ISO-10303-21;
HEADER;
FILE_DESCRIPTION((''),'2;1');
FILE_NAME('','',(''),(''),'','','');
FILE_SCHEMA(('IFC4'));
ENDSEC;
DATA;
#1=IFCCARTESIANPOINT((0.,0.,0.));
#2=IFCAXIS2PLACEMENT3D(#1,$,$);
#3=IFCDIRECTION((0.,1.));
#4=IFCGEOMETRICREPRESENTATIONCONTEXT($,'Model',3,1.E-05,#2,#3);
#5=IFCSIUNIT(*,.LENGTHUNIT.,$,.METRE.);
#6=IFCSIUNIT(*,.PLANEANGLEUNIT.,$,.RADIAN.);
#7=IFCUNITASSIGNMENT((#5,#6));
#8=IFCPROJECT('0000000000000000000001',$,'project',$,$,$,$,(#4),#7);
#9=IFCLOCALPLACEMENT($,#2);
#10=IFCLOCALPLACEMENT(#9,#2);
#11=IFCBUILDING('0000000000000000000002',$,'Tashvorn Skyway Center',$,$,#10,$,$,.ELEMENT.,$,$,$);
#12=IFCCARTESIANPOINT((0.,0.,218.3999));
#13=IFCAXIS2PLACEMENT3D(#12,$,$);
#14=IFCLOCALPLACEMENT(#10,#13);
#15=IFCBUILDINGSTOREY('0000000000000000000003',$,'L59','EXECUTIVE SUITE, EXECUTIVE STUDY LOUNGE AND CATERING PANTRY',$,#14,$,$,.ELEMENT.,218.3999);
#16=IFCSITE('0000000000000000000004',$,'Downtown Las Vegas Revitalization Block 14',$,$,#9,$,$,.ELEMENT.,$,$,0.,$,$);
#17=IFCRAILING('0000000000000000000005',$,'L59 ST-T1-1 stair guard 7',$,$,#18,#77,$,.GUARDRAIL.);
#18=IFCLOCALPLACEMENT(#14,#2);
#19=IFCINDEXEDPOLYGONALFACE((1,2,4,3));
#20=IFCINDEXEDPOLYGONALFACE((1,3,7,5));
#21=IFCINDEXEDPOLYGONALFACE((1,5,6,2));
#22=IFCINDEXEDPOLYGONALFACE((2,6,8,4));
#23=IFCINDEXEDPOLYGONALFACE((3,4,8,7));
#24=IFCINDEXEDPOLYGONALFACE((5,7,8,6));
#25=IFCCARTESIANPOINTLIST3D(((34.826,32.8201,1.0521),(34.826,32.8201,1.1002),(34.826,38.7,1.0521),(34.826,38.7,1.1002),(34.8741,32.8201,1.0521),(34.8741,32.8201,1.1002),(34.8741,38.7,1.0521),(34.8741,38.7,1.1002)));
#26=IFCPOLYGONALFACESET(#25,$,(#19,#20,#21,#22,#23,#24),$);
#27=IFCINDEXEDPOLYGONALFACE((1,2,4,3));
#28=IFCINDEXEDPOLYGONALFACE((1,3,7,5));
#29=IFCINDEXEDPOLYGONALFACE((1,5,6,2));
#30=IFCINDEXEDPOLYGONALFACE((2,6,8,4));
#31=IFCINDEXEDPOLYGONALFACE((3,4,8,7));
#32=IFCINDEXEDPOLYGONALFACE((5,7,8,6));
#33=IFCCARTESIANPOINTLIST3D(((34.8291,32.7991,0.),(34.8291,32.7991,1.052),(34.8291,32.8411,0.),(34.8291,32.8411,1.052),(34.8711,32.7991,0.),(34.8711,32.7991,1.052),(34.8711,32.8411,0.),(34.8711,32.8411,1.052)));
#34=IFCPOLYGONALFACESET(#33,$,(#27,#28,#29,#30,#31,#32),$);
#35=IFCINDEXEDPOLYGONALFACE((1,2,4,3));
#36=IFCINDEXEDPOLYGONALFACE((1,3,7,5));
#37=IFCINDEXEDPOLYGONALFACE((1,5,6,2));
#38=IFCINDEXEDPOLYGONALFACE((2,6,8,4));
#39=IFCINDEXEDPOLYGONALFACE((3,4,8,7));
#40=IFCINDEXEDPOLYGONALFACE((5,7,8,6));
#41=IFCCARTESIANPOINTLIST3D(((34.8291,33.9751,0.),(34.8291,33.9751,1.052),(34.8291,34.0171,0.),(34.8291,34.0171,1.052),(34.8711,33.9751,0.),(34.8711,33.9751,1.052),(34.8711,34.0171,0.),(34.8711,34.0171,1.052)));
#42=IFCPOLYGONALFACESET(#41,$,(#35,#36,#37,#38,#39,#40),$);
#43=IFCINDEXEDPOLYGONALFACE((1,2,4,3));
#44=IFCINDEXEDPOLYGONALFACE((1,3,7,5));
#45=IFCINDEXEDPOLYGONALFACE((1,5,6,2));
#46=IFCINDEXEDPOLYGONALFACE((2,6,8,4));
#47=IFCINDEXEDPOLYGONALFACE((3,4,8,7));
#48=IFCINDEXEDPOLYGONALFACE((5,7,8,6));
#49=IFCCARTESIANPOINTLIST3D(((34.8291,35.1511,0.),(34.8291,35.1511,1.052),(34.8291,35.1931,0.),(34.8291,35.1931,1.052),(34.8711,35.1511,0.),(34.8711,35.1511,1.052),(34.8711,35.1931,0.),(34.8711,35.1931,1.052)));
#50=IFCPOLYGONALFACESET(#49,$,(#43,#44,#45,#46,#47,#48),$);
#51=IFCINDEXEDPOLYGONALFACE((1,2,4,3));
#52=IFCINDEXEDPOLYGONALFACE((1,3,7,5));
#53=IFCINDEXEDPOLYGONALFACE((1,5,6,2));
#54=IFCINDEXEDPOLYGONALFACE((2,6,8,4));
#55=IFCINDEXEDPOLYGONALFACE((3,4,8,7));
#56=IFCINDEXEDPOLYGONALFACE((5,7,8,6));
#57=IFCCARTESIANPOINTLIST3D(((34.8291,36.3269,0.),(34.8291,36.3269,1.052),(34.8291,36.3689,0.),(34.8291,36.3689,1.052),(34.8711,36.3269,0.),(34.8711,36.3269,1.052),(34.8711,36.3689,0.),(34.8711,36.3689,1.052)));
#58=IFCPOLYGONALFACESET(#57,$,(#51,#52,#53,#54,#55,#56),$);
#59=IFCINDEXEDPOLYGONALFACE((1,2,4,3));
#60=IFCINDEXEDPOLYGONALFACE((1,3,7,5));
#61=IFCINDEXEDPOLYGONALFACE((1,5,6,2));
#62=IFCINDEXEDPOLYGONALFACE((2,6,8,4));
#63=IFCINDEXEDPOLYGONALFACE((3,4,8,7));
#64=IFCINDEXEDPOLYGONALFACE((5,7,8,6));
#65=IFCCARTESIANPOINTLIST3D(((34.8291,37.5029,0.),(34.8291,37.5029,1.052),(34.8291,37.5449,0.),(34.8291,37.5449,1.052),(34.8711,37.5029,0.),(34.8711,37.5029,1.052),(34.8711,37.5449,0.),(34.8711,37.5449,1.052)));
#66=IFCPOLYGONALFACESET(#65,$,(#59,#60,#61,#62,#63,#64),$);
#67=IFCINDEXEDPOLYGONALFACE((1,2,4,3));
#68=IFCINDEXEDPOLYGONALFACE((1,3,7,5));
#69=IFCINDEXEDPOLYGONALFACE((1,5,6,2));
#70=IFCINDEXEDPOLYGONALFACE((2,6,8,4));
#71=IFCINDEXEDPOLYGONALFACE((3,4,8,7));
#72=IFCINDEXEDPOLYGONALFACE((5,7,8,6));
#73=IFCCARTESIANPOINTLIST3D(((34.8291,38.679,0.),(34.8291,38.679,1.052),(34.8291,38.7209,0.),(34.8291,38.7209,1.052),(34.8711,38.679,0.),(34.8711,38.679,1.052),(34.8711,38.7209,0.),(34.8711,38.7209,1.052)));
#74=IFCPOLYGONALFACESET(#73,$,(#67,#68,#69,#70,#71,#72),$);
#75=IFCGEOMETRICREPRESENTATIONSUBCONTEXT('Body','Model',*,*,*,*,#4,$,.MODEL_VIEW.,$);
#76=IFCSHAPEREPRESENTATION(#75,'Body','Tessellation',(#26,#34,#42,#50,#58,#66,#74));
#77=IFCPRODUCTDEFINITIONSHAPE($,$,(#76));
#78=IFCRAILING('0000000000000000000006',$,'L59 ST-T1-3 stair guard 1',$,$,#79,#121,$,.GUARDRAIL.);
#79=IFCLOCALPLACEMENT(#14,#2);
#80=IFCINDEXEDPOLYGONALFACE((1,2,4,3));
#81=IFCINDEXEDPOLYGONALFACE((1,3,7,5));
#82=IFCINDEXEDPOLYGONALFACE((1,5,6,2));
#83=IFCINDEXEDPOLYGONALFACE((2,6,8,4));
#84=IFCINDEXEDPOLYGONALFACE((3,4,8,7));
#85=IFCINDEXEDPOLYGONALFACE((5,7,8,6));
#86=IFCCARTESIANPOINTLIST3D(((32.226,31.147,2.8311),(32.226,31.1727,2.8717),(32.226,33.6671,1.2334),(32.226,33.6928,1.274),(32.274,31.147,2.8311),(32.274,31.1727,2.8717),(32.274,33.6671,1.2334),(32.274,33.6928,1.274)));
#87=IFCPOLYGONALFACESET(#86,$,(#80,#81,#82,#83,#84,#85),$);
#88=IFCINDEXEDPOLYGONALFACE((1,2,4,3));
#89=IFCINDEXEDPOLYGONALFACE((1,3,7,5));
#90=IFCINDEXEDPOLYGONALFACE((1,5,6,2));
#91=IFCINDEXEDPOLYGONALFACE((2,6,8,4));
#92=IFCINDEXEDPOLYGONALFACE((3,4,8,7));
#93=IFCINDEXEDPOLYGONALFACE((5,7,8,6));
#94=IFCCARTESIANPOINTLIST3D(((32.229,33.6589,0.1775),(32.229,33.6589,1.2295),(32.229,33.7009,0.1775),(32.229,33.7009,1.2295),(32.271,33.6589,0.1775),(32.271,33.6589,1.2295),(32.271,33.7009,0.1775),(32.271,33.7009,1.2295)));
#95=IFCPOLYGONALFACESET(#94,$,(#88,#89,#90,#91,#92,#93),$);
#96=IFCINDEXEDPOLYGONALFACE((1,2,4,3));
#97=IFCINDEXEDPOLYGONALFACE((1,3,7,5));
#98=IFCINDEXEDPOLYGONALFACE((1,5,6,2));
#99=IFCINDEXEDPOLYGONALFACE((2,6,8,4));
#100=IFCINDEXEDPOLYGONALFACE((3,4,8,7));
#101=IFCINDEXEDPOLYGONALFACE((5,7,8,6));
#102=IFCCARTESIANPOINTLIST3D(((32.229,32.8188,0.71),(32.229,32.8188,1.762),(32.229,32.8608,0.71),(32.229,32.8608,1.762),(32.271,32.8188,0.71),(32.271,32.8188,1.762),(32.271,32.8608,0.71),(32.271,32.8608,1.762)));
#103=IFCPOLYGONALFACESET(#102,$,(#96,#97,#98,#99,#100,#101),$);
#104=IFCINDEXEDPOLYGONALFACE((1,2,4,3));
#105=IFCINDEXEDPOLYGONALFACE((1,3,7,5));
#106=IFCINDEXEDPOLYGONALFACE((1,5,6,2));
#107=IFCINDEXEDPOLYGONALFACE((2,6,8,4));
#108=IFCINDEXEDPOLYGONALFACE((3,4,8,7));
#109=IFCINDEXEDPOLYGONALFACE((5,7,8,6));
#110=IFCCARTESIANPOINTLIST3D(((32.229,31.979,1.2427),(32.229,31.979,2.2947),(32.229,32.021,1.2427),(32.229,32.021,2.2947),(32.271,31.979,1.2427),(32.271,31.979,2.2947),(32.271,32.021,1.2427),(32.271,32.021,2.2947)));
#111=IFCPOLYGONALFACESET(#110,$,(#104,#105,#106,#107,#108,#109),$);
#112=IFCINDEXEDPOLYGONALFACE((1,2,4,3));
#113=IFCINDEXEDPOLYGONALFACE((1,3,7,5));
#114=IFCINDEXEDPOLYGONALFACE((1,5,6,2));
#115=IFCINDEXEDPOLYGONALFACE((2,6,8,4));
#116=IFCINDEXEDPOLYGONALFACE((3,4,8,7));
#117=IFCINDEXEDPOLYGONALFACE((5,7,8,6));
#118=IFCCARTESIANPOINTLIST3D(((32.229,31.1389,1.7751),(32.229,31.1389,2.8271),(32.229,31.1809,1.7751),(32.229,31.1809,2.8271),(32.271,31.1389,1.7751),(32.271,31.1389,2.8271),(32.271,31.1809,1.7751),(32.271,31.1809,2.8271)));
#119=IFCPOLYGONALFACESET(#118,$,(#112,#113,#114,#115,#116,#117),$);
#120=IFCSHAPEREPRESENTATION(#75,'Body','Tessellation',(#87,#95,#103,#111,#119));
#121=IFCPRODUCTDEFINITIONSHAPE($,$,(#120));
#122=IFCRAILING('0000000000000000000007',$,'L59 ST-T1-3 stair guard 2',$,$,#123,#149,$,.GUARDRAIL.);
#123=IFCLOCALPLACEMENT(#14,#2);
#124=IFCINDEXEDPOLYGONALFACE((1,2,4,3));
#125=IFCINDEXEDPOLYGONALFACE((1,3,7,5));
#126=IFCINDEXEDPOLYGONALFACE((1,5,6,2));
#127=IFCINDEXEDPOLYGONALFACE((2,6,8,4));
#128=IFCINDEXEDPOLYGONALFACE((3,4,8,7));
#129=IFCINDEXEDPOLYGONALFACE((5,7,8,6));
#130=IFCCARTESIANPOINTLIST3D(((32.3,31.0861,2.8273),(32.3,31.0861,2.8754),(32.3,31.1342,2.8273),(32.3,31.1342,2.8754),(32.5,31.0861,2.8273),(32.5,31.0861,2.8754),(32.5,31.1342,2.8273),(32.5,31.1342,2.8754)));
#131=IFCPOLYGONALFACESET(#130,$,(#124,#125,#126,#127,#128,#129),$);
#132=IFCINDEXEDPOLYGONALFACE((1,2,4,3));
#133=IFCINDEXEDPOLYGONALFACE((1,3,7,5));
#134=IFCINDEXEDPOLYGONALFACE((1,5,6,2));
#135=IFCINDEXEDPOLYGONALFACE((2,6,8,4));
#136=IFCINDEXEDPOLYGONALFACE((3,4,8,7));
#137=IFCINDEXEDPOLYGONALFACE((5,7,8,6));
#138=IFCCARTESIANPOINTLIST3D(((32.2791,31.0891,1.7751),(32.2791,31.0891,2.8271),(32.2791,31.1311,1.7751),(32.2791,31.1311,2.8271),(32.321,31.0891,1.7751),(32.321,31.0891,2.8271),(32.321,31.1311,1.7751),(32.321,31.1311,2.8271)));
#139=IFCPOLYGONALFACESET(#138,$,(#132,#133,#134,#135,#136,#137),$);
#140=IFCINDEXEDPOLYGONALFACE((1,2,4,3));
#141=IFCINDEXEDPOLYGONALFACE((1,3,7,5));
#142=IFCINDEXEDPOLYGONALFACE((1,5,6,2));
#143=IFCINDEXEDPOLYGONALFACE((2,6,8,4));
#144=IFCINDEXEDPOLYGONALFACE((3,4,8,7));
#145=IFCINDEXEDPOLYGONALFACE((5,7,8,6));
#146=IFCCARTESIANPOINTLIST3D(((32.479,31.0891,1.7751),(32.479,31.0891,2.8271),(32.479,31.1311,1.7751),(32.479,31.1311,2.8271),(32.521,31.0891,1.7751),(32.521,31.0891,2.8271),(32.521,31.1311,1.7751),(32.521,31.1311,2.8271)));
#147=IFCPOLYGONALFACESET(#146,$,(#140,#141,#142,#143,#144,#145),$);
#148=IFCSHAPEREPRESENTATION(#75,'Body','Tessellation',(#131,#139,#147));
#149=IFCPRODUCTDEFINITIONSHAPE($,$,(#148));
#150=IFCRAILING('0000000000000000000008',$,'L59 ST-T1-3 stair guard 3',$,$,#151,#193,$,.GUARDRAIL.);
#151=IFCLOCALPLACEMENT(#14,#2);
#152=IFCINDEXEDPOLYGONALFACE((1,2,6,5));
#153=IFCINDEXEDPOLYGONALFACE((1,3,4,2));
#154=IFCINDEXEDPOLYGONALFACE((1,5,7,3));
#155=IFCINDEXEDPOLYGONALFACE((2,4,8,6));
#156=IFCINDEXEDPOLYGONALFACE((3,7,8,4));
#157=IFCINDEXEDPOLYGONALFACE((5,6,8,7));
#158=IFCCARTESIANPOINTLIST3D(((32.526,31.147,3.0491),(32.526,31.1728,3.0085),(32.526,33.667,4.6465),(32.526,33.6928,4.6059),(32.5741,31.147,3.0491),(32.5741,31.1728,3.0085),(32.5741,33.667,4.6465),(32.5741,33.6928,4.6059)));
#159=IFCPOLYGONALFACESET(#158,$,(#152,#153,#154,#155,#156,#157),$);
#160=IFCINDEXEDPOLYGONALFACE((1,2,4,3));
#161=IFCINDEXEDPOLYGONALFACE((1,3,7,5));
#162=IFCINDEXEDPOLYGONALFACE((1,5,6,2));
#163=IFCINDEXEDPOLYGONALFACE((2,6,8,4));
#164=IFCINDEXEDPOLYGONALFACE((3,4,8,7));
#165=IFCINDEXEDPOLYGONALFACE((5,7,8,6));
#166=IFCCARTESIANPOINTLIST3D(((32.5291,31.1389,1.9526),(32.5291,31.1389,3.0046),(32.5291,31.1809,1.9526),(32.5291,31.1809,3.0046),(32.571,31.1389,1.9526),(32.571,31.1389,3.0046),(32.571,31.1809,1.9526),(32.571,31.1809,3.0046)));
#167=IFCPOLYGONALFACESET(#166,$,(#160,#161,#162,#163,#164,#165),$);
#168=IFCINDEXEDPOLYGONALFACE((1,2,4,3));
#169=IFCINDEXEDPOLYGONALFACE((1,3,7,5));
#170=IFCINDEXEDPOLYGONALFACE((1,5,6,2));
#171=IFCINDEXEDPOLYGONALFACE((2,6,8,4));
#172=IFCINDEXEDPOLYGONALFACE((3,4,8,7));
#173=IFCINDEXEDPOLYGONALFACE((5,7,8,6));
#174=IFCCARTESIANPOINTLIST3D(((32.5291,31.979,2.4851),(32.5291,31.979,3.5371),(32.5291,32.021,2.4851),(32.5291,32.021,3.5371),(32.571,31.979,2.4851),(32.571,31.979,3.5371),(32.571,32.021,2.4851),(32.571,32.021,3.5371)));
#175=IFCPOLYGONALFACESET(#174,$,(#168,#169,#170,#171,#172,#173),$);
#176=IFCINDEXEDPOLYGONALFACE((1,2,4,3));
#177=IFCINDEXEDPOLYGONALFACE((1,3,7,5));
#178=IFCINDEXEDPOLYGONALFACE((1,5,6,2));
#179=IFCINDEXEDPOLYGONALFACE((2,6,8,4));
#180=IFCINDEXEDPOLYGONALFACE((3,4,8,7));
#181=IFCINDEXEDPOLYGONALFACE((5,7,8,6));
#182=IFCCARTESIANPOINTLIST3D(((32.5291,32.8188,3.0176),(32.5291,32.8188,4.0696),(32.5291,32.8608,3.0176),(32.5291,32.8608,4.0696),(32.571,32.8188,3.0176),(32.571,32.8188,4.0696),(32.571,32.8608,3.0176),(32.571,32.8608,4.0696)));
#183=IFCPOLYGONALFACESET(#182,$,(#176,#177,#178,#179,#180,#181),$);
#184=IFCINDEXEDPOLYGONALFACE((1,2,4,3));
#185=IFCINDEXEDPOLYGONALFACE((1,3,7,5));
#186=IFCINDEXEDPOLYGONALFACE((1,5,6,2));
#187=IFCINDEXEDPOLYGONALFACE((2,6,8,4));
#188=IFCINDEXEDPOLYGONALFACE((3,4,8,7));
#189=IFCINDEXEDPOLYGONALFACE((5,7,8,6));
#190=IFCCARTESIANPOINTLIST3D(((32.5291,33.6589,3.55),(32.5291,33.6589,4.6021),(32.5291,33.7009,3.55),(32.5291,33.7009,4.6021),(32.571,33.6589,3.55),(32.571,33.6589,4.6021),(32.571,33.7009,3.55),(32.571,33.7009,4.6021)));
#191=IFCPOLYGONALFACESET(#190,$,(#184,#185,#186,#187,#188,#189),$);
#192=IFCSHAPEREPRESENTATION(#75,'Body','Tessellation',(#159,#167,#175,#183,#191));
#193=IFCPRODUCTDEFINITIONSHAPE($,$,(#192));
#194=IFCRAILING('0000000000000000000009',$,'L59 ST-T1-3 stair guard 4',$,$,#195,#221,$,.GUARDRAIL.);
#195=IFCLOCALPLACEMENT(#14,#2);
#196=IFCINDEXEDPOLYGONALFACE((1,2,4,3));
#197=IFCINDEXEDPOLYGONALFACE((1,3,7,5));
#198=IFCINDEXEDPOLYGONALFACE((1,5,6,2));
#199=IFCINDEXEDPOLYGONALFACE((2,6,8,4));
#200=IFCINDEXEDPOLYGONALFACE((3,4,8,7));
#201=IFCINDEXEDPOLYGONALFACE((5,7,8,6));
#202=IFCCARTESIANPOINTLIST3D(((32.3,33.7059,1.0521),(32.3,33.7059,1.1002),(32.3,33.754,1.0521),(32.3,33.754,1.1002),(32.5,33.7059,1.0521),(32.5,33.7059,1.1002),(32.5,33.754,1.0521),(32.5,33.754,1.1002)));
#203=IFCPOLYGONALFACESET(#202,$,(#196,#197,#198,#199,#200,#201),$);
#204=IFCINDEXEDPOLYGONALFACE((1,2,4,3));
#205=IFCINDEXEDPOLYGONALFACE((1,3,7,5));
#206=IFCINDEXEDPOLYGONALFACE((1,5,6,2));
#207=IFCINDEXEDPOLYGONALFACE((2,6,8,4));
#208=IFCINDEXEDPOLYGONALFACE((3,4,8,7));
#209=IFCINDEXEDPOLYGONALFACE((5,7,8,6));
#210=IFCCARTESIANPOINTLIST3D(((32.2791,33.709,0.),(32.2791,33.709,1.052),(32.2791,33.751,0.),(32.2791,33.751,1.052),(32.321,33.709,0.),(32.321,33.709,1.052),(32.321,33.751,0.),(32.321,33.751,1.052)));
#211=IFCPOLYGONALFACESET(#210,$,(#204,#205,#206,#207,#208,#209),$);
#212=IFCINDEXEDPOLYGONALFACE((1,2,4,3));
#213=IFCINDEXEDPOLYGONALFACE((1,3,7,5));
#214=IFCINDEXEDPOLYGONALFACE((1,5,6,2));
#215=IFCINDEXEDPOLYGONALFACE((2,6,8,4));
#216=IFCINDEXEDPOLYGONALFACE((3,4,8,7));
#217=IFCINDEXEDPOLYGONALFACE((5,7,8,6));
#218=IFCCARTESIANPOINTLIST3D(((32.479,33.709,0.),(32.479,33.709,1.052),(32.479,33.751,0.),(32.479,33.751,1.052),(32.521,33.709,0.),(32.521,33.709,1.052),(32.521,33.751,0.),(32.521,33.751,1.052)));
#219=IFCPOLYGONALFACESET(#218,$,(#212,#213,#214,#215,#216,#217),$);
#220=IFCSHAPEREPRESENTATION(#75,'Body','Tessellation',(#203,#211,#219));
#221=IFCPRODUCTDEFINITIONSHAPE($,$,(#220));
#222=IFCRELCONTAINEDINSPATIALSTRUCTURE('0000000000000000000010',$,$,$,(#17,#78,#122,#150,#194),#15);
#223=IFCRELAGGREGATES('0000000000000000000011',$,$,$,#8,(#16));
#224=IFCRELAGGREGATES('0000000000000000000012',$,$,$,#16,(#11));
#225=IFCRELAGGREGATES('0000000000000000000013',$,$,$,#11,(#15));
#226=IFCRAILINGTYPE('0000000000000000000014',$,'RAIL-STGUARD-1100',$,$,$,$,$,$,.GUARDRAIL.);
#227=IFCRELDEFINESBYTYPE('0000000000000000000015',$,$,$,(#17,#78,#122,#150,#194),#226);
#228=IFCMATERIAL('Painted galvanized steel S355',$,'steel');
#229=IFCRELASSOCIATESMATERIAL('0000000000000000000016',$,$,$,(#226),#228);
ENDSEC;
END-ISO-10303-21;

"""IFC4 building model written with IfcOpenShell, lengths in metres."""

from ifc_helpers import new_model, si_unit, direction, frame, origin, origin_2d, place, context, subcontext, project, spatial, rectangle, extrude, material, type_object, element, save


model = new_model("IFC4")

# Units and contexts
model_context = context("Model", 3, precision=1e-05, world=origin(), true_north=direction((0.0, 1.0)))
body_context = subcontext(model_context, "Body", "Model", "MODEL_VIEW")
ifc_project = project(units=[si_unit("LENGTHUNIT", "METRE"), si_unit("PLANEANGLEUNIT", "RADIAN")], contexts=[model_context])

# Site, building, storey
site_placement = place(None, origin())
site = spatial("IfcSite", under=ifc_project, at=site_placement, Name="Downtown Las Vegas Revitalization Block 14", CompositionType="ELEMENT", RefElevation=0.0)
building_placement = place(site_placement, origin())
building = spatial("IfcBuilding", under=site, at=building_placement, Name="Tashvorn Skyway Center", CompositionType="ELEMENT")
storey_placement = place(building_placement, frame((0.0, 0.0, 218.3999)))
storey = spatial("IfcBuildingStorey", under=building, at=storey_placement, Name="L59", Description="EXECUTIVE SUITE, EXECUTIVE STUDY LOUNGE AND CATERING PANTRY", CompositionType="ELEMENT", Elevation=218.3999)

# Railings
ifc_material_1 = material(Name="Painted galvanized steel S355", Category="steel")
railing_type_1 = type_object("IfcRailingType", Name="RAIL-STGUARD-1100", PredefinedType="GUARDRAIL", material=ifc_material_1)
railing_1_placement = place(storey_placement, frame((34.8501, 32.8201, 0.0)))
element("IfcRailing", 1, at=railing_1_placement, inside=storey, type_object=railing_type_1, Name="L59 ST-T1-1 stair guard 7", PredefinedType="GUARDRAIL", context=body_context, shape_type="SweptSolid", body=[
    extrude(rectangle(XDim=0.0481, YDim=0.0481, at=origin_2d()), frame((0.0, 0.0, 1.0762), z_axis=(0.0, 1.0, 0.0), x_axis=(-1.0, 0.0, 0.0)), (0.0, 0.0, 1.0), 5.8799),
    extrude(rectangle(XDim=0.042, YDim=0.042, at=origin_2d()), origin(), (0.0, 0.0, 1.0), 1.052),
    extrude(rectangle(XDim=0.042, YDim=0.042, at=origin_2d()), frame((0.0, 1.176, 0.0)), (0.0, 0.0, 1.0), 1.052),
    extrude(rectangle(XDim=0.042, YDim=0.042, at=origin_2d()), frame((0.0, 2.3521, 0.0)), (0.0, 0.0, 1.0), 1.052),
    extrude(rectangle(XDim=0.042, YDim=0.042, at=origin_2d()), frame((0.0, 3.5278, 0.0)), (0.0, 0.0, 1.0), 1.052),
    extrude(rectangle(XDim=0.042, YDim=0.042, at=origin_2d()), frame((0.0, 4.7039, 0.0)), (0.0, 0.0, 1.0), 1.052),
    extrude(rectangle(XDim=0.042, YDim=0.042, at=origin_2d()), frame((0.0, 5.8799, 0.0)), (0.0, 0.0, 1.0), 1.052),
])
railing_2_placement = place(storey_placement, frame((32.25, 33.6799, 0.1775)))
element("IfcRailing", 2, at=railing_2_placement, inside=storey, type_object=railing_type_1, Name="L59 ST-T1-3 stair guard 1", PredefinedType="GUARDRAIL", context=body_context, shape_type="SweptSolid", body=[
    extrude(rectangle(XDim=0.0481, YDim=0.0481, at=origin_2d()), frame((0.0, 0.0, 1.0762), z_axis=(0.0, -0.84457, 0.535445), x_axis=(1.0, 0.0, 0.0)), (0.0, 0.0, 1.0), 2.9839),
    extrude(rectangle(XDim=0.042, YDim=0.042, at=origin_2d()), origin(), (0.0, 0.0, 1.0), 1.052),
    extrude(rectangle(XDim=0.042, YDim=0.042, at=origin_2d()), frame((0.0, -0.8401, 0.5325)), (0.0, 0.0, 1.0), 1.052),
    extrude(rectangle(XDim=0.042, YDim=0.042, at=origin_2d()), frame((0.0, -1.6799, 1.0652)), (0.0, 0.0, 1.0), 1.052),
    extrude(rectangle(XDim=0.042, YDim=0.042, at=origin_2d()), frame((0.0, -2.52, 1.5977)), (0.0, 0.0, 1.0), 1.052),
])
railing_3_placement = place(storey_placement, frame((32.3, 31.1101, 1.7751)))
element("IfcRailing", 3, at=railing_3_placement, inside=storey, type_object=railing_type_1, Name="L59 ST-T1-3 stair guard 2", PredefinedType="GUARDRAIL", context=body_context, shape_type="SweptSolid", body=[
    extrude(rectangle(XDim=0.0481, YDim=0.0481, at=origin_2d()), frame((0.0, 0.0, 1.0762), z_axis=(1.0, 0.0, 0.0), x_axis=(0.0, 1.0, 0.0)), (0.0, 0.0, 1.0), 0.2),
    extrude(rectangle(XDim=0.042, YDim=0.042, at=origin_2d()), origin(), (0.0, 0.0, 1.0), 1.052),
    extrude(rectangle(XDim=0.042, YDim=0.042, at=origin_2d()), frame((0.2, 0.0, 0.0)), (0.0, 0.0, 1.0), 1.052),
])
railing_4_placement = place(storey_placement, frame((32.55, 31.1599, 1.9526)))
element("IfcRailing", 4, at=railing_4_placement, inside=storey, type_object=railing_type_1, Name="L59 ST-T1-3 stair guard 3", PredefinedType="GUARDRAIL", context=body_context, shape_type="SweptSolid", body=[
    extrude(rectangle(XDim=0.0481, YDim=0.0481, at=origin_2d()), frame((0.0, 0.0, 1.0762), z_axis=(0.0, 0.844607, 0.535387), x_axis=(-1.0, 0.0, 0.0)), (0.0, 0.0, 1.0), 2.9836),
    extrude(rectangle(XDim=0.042, YDim=0.042, at=origin_2d()), origin(), (0.0, 0.0, 1.0), 1.052),
    extrude(rectangle(XDim=0.042, YDim=0.042, at=origin_2d()), frame((0.0, 0.8401, 0.5325)), (0.0, 0.0, 1.0), 1.052),
    extrude(rectangle(XDim=0.042, YDim=0.042, at=origin_2d()), frame((0.0, 1.6799, 1.0649)), (0.0, 0.0, 1.0), 1.052),
    extrude(rectangle(XDim=0.042, YDim=0.042, at=origin_2d()), frame((0.0, 2.52, 1.5974)), (0.0, 0.0, 1.0), 1.052),
])
railing_5_placement = place(storey_placement, frame((32.3, 33.73, 0.0)))
element("IfcRailing", 5, at=railing_5_placement, inside=storey, type_object=railing_type_1, Name="L59 ST-T1-3 stair guard 4", PredefinedType="GUARDRAIL", context=body_context, shape_type="SweptSolid", body=[
    extrude(rectangle(XDim=0.0481, YDim=0.0481, at=origin_2d()), frame((0.0, 0.0, 1.0762), z_axis=(1.0, 0.0, 0.0), x_axis=(0.0, 1.0, 0.0)), (0.0, 0.0, 1.0), 0.2),
    extrude(rectangle(XDim=0.042, YDim=0.042, at=origin_2d()), origin(), (0.0, 0.0, 1.0), 1.052),
    extrude(rectangle(XDim=0.042, YDim=0.042, at=origin_2d()), frame((0.2, 0.0, 0.0)), (0.0, 0.0, 1.0), 1.052),
])

save(model, "model.ifc")
